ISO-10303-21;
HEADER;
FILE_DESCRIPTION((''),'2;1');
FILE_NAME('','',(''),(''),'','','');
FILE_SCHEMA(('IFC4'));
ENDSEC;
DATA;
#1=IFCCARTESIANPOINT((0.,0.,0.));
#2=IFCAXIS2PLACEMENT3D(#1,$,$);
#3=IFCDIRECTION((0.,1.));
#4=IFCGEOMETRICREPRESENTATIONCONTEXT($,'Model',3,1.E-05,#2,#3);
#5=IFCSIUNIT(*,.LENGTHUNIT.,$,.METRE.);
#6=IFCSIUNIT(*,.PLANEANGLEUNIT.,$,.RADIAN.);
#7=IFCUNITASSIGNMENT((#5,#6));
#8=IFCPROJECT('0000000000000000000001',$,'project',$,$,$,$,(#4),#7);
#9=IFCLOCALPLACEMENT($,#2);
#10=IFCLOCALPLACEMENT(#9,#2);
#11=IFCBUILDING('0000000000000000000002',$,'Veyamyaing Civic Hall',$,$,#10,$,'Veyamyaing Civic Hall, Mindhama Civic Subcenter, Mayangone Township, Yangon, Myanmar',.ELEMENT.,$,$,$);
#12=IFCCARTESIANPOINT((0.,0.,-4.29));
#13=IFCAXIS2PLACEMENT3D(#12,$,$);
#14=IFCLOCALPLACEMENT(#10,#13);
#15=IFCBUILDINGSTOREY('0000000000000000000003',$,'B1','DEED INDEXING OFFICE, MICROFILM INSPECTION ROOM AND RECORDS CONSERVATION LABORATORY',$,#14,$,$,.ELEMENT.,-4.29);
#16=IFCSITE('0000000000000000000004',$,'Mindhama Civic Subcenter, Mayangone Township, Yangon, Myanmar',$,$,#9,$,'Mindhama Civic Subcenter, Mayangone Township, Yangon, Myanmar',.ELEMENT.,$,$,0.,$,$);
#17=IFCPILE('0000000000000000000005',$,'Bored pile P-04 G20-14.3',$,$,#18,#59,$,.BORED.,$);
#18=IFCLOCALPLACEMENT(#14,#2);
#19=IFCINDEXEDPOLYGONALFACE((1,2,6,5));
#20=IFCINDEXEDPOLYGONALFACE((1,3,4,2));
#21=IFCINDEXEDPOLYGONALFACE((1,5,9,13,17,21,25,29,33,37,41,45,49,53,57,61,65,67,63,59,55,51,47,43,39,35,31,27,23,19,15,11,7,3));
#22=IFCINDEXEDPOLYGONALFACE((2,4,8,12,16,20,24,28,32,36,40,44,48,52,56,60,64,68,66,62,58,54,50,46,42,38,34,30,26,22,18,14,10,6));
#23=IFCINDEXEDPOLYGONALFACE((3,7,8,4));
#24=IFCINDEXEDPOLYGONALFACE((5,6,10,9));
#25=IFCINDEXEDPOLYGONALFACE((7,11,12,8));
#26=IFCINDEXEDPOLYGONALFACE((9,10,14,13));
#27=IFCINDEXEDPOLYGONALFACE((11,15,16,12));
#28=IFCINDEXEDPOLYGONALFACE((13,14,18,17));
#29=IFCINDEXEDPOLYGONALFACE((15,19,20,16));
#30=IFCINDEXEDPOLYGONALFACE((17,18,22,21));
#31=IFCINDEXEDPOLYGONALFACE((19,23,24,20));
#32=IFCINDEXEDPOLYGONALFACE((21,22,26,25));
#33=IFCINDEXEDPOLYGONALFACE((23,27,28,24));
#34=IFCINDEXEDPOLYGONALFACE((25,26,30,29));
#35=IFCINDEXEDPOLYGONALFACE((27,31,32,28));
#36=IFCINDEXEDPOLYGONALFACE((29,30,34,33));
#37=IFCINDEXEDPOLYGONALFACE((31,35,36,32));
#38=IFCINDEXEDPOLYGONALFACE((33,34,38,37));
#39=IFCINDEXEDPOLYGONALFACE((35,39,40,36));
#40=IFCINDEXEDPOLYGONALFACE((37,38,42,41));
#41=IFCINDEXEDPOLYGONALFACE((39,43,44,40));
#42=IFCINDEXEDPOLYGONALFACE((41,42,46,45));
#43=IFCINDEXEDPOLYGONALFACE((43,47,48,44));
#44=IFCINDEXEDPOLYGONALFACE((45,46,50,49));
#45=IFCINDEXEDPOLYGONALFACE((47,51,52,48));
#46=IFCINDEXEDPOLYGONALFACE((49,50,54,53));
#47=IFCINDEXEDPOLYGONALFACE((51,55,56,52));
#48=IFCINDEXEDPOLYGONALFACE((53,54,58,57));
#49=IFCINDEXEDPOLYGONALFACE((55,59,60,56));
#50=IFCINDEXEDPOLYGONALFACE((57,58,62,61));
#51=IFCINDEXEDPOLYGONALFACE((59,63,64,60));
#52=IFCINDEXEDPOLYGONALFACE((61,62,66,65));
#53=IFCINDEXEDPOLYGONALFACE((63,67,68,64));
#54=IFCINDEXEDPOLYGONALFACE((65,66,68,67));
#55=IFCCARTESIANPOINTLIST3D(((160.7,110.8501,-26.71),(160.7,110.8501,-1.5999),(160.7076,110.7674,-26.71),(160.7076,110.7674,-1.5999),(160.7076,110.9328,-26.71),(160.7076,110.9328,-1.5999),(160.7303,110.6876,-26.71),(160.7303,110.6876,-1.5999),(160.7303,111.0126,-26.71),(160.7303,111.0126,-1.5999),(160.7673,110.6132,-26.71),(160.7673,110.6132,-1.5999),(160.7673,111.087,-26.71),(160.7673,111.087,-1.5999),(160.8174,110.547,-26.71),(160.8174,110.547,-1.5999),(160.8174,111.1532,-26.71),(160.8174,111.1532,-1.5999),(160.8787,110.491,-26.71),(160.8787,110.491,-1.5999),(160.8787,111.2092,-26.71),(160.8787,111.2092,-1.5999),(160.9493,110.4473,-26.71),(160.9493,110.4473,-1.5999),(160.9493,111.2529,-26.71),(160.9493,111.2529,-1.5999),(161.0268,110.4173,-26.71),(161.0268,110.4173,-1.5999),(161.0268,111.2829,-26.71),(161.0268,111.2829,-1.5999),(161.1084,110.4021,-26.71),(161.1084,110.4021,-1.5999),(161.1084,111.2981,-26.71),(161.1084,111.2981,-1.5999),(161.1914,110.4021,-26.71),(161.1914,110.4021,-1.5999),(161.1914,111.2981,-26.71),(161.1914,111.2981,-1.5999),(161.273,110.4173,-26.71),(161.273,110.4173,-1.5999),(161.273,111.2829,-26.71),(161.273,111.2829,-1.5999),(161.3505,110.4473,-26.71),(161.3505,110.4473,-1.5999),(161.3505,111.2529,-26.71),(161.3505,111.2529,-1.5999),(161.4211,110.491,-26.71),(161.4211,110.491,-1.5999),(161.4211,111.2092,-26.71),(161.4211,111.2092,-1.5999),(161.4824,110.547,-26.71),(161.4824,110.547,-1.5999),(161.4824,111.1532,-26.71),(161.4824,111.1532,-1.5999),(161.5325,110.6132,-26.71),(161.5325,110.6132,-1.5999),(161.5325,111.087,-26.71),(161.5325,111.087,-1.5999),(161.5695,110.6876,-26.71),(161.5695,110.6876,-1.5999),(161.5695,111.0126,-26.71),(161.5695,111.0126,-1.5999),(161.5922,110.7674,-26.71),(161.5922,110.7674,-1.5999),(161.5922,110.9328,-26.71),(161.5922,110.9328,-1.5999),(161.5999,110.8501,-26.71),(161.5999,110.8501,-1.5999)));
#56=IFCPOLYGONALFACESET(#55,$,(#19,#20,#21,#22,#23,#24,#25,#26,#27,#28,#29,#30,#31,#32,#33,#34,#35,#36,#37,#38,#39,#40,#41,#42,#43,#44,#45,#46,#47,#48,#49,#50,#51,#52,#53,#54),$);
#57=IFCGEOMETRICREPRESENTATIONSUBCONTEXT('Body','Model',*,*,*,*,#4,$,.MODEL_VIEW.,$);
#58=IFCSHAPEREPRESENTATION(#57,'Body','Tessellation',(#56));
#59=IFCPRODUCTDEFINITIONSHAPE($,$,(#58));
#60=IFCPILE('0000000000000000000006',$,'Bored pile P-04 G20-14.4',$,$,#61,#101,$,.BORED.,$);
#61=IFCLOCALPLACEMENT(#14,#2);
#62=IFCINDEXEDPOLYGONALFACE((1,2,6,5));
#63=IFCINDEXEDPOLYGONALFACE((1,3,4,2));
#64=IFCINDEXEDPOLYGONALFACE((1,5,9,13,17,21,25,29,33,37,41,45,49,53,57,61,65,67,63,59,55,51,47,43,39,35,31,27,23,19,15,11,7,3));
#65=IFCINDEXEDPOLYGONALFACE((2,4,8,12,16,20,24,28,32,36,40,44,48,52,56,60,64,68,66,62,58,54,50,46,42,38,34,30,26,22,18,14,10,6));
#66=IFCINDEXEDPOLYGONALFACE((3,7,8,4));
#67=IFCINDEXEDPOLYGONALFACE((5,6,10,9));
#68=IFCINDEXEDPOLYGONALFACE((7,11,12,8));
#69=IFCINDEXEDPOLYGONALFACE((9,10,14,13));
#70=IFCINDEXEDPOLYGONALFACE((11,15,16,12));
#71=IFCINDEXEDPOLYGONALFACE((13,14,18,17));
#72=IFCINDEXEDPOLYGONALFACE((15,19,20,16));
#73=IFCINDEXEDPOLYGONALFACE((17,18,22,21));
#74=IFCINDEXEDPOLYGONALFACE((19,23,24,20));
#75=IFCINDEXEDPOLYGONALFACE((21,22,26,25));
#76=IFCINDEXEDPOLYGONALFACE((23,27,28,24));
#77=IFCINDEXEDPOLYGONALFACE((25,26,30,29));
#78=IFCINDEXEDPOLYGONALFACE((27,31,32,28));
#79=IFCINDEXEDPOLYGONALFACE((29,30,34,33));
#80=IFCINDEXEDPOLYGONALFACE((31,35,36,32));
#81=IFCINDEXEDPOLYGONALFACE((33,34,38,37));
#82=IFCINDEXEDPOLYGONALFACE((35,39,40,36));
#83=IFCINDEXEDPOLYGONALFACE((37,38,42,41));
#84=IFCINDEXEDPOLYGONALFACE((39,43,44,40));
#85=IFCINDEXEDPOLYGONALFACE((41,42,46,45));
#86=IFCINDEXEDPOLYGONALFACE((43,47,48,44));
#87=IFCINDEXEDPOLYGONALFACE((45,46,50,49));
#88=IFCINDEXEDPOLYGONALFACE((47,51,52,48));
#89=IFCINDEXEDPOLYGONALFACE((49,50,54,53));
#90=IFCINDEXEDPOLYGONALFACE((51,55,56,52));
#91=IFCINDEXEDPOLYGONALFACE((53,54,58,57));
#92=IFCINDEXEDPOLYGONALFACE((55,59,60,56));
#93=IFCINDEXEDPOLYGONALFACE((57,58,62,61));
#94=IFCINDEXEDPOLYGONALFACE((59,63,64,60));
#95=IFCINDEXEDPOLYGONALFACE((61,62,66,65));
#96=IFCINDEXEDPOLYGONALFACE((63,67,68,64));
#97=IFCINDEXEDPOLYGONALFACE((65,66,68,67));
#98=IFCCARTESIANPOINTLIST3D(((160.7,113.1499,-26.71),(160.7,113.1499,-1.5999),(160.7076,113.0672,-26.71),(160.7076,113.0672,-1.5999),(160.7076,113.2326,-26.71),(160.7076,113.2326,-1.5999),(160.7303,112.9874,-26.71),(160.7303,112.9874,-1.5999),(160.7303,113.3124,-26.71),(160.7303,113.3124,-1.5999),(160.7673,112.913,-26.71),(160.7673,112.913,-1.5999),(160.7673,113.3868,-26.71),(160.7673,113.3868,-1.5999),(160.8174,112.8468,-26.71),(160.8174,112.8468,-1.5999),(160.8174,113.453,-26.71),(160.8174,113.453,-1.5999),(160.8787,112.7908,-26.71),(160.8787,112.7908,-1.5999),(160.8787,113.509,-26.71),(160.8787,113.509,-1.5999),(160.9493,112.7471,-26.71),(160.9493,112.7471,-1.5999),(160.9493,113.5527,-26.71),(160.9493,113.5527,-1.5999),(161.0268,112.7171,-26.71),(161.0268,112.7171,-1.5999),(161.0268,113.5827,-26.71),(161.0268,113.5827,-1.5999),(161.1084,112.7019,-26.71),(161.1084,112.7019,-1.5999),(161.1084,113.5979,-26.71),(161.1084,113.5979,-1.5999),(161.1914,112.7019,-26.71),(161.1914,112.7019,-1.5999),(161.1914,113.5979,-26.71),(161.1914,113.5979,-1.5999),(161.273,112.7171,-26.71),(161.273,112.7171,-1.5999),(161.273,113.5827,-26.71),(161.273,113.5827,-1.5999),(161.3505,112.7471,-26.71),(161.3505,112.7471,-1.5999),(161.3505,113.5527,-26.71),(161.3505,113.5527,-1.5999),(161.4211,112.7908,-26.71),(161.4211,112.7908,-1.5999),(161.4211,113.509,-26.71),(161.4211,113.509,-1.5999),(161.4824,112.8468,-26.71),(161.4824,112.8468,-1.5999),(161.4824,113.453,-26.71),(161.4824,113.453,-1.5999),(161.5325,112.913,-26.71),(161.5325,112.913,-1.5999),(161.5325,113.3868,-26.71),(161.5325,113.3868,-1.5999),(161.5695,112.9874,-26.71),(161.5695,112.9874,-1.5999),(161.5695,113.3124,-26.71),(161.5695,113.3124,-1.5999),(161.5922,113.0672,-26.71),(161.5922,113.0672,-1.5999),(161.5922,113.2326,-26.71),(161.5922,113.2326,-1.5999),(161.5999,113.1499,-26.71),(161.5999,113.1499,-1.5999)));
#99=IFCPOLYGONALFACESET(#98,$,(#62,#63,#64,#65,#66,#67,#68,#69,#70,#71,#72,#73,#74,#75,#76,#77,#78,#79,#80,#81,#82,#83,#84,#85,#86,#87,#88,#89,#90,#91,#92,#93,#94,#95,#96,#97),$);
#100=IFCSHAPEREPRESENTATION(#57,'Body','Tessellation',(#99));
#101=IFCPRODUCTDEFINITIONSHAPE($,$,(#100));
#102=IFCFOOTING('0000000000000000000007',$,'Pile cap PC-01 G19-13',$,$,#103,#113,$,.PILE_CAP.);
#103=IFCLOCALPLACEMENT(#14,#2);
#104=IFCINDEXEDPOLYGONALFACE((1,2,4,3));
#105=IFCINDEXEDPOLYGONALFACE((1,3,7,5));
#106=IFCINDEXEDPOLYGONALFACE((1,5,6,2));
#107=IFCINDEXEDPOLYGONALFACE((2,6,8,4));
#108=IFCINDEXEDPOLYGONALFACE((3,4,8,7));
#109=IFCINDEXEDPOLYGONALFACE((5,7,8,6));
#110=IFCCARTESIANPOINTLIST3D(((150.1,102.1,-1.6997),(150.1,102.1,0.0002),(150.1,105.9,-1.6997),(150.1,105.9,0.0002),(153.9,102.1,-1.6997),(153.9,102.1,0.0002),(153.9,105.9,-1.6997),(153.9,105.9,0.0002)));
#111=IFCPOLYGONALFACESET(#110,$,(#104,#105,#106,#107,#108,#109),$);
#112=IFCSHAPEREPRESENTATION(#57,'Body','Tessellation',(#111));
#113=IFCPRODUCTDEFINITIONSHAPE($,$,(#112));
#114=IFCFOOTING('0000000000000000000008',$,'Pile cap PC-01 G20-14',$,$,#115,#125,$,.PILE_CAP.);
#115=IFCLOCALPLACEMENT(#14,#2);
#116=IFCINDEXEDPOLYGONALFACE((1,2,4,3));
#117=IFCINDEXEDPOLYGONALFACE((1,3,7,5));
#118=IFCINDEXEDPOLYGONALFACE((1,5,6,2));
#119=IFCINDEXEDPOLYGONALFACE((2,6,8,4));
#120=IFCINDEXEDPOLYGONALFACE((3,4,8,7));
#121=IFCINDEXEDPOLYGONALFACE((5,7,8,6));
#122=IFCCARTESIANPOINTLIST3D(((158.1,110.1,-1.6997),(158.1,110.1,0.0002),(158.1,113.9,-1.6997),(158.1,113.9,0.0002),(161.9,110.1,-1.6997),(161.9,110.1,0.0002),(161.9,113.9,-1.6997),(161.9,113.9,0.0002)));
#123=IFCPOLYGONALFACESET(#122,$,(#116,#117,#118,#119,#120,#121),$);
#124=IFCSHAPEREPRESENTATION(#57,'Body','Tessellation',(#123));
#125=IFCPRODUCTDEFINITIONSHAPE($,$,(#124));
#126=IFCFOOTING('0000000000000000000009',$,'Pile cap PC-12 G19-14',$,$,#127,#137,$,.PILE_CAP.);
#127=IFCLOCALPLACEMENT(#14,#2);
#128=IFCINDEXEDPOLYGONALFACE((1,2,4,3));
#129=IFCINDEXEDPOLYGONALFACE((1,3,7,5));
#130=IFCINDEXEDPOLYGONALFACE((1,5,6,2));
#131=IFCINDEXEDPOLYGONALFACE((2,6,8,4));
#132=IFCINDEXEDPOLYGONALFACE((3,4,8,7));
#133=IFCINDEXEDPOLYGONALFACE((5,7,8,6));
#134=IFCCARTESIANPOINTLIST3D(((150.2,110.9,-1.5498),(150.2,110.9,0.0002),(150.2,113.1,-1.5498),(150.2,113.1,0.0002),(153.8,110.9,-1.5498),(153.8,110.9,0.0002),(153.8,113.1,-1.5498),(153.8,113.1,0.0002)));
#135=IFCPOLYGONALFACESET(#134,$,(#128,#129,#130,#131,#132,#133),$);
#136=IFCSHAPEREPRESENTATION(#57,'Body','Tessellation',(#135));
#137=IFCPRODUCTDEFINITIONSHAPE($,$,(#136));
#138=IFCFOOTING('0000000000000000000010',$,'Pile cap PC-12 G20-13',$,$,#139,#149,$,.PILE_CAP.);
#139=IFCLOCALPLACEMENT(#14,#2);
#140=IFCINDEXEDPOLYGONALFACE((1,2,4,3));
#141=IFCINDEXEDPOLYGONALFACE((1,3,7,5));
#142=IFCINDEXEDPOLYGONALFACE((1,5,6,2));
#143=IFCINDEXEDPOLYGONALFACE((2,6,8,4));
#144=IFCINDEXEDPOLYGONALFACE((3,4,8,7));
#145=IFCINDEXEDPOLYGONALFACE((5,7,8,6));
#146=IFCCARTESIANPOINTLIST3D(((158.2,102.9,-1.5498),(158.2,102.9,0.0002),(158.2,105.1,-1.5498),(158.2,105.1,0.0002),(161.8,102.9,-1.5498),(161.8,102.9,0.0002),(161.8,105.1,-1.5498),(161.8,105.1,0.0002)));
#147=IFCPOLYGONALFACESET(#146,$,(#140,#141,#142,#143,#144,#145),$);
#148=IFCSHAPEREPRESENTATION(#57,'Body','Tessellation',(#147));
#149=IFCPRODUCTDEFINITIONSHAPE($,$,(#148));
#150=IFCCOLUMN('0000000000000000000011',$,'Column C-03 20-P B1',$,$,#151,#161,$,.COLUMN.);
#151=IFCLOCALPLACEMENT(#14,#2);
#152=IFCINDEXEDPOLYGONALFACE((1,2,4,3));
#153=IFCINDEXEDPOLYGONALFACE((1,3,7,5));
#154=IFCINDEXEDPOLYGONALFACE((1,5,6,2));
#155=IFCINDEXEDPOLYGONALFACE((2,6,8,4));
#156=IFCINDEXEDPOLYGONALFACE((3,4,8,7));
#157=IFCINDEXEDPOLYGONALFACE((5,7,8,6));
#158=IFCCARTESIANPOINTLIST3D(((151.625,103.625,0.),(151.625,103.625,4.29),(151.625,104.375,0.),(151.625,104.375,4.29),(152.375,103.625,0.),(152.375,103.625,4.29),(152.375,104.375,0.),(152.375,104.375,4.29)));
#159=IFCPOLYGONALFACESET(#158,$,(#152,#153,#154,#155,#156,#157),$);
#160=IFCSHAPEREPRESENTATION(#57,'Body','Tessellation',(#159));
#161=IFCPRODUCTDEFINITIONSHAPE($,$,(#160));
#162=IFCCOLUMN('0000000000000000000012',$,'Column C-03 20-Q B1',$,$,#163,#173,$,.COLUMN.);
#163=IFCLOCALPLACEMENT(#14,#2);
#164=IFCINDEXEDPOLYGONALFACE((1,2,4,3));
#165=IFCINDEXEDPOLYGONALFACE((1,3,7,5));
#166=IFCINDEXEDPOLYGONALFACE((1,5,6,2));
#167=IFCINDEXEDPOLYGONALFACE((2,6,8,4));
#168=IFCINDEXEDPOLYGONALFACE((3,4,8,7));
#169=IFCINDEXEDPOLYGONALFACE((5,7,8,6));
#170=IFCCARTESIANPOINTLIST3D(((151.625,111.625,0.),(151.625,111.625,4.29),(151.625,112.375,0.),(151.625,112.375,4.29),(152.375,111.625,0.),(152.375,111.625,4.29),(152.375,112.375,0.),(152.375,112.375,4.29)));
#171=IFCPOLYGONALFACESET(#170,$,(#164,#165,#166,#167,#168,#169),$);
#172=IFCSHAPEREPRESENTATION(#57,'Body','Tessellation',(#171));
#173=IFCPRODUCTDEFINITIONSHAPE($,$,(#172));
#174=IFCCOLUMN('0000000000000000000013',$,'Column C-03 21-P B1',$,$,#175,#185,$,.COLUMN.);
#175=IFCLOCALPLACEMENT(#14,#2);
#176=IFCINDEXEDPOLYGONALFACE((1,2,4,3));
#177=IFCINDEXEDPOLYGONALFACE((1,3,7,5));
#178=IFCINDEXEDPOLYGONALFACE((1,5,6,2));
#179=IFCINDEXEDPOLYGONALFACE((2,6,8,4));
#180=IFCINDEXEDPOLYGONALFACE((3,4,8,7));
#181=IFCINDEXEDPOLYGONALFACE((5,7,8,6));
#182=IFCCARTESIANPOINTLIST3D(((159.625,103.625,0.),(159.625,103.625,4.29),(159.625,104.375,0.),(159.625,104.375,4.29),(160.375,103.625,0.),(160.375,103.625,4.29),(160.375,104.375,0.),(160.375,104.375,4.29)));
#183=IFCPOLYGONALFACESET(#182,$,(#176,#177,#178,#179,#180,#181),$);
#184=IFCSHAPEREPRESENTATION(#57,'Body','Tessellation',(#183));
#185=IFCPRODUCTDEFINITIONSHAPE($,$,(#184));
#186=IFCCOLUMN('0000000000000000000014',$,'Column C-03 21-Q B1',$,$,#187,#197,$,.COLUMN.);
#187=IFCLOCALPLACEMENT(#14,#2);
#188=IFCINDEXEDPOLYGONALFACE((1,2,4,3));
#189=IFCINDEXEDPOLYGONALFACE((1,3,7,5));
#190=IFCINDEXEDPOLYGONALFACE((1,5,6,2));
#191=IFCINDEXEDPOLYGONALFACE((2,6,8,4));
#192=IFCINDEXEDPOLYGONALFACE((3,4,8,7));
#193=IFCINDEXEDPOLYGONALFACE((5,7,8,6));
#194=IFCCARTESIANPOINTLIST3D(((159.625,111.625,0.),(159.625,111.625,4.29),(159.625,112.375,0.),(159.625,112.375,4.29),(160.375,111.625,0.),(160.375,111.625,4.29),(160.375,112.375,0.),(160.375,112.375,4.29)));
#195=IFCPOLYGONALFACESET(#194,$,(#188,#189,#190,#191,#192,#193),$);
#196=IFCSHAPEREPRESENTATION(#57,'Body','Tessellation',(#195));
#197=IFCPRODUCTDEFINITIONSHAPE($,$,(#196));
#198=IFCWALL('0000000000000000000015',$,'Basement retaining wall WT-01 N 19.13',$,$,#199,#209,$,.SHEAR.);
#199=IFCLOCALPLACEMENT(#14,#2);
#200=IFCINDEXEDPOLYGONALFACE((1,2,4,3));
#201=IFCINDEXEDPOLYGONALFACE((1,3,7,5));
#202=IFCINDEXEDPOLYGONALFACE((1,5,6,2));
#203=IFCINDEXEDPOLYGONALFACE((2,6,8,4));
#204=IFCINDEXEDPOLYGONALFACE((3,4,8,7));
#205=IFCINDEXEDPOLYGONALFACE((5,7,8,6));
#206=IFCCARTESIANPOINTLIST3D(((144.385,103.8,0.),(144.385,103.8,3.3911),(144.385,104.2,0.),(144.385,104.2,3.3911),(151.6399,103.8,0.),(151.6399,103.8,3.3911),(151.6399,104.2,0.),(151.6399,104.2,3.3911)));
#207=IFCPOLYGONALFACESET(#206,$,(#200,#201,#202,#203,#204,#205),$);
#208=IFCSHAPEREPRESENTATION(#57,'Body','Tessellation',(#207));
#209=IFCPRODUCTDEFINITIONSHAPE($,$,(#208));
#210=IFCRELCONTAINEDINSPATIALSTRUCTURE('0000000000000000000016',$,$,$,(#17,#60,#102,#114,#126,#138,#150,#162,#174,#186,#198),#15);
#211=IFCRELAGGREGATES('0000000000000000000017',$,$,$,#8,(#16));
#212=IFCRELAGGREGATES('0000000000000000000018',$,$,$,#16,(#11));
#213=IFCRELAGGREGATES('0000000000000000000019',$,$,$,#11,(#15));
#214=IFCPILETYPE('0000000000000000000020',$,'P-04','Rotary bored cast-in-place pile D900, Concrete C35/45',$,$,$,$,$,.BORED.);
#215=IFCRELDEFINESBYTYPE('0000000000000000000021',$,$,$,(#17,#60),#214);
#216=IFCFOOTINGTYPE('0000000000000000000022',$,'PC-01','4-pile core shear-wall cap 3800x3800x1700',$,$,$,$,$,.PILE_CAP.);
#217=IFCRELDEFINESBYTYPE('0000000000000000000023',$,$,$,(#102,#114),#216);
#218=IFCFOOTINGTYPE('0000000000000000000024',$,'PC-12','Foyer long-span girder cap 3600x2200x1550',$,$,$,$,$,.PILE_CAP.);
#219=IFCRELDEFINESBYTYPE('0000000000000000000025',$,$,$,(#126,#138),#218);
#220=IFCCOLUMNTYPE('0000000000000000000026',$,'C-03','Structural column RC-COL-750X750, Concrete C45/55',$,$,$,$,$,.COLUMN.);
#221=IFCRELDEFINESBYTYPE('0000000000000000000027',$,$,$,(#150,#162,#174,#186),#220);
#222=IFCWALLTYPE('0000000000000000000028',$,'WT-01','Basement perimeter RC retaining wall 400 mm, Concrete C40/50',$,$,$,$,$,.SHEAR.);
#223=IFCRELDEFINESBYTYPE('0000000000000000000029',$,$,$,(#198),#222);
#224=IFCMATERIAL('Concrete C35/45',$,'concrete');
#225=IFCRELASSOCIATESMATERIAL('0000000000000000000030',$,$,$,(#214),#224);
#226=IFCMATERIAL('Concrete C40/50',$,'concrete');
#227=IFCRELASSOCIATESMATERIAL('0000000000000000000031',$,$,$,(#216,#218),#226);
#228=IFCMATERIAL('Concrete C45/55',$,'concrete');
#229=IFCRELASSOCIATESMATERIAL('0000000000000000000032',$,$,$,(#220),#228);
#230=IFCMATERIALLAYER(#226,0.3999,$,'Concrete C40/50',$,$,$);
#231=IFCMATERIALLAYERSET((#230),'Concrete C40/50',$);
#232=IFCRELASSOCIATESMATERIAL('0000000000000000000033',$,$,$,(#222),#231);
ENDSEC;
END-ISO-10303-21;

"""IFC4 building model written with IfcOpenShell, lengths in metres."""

from ifc_helpers import new_model, si_unit, direction, frame, frame_2d, origin, origin_2d, place, context, subcontext, project, spatial, rectangle, circle, extrude, material, layer, layer_set, material_profile, profile_set, type_object, element, save


model = new_model("IFC4")

# Units and contexts
model_context = context("Model", 3, precision=1e-05, world=origin(), true_north=direction((0.0, 1.0)))
body_context = subcontext(model_context, "Body", "Model", "MODEL_VIEW")
ifc_project = project(units=[si_unit("LENGTHUNIT", "METRE"), si_unit("PLANEANGLEUNIT", "RADIAN")], contexts=[model_context])

# Site, building, storey
site_placement = place(None, origin())
site = spatial("IfcSite", under=ifc_project, at=site_placement, Name="Mindhama Civic Subcenter, Mayangone Township, Yangon, Myanmar", LongName="Mindhama Civic Subcenter, Mayangone Township, Yangon, Myanmar", CompositionType="ELEMENT", RefElevation=0.0)
building_placement = place(site_placement, origin())
building = spatial("IfcBuilding", under=site, at=building_placement, Name="Veyamyaing Civic Hall", LongName="Veyamyaing Civic Hall, Mindhama Civic Subcenter, Mayangone Township, Yangon, Myanmar", CompositionType="ELEMENT")
storey_placement = place(building_placement, frame((0.0, 0.0, -4.29)))
storey = spatial("IfcBuildingStorey", under=building, at=storey_placement, Name="B1", Description="DEED INDEXING OFFICE, MICROFILM INSPECTION ROOM AND RECORDS CONSERVATION LABORATORY", CompositionType="ELEMENT", Elevation=-4.29)

# Shared definitions
ifc_material_1 = material(Name="Concrete C40/50", Category="concrete")

# Piles
ifc_material_2 = material(Name="Concrete C35/45", Category="concrete")
ifc_material_profile_1 = material_profile(ifc_material_2, circle(Radius=0.45, at=origin_2d()), Name="PILE-D900")
ifc_profile_set_1 = profile_set([ifc_material_profile_1], Name="Concrete C35/45")
pile_type_1 = type_object("IfcPileType", Name="P-04", Description="Rotary bored cast-in-place pile D900, Concrete C35/45", PredefinedType="BORED", material=ifc_profile_set_1)
for number, where, z_axis, x_axis, name in (
    (1, (161.1499, 110.8501, -1.5999), (0.0, 0.0, -1.0), (1.0, 0.0, 0.0), "Bored pile P-04 G20-14.3"),
    (2, (161.1499, 113.1499, -1.5999), (0.0, 0.0, -1.0), (1.0, 0.0, 0.0), "Bored pile P-04 G20-14.4"),
):
    element("IfcPile", number, at=place(storey_placement, frame(where, z_axis=z_axis, x_axis=x_axis)), inside=storey, type_object=pile_type_1, Name=name, PredefinedType="BORED", context=body_context, shape_type="SweptSolid", body=[
        extrude(circle(Radius=0.45, at=origin_2d()), origin(), (0.0, 0.0, 1.0), 25.1101),
    ])

# Footings
footing_type_1 = type_object("IfcFootingType", Name="PC-01", Description="4-pile core shear-wall cap 3800x3800x1700", PredefinedType="PILE_CAP", material=ifc_material_1)
for number, where, z_axis, x_axis, name in (
    (3, (152.0, 104.0, -1.6997), (0.0, 0.0, 1.0), (1.0, 0.0, 0.0), "Pile cap PC-01 G19-13"),
    (4, (160.0, 112.0, -1.6997), (0.0, 0.0, 1.0), (1.0, 0.0, 0.0), "Pile cap PC-01 G20-14"),
):
    element("IfcFooting", number, at=place(storey_placement, frame(where, z_axis=z_axis, x_axis=x_axis)), inside=storey, type_object=footing_type_1, Name=name, PredefinedType="PILE_CAP", context=body_context, shape_type="SweptSolid", body=[
        extrude(rectangle(XDim=3.8, YDim=3.8, at=origin_2d()), origin(), (0.0, 0.0, 1.0), 1.7),
    ])
footing_type_2 = type_object("IfcFootingType", Name="PC-12", Description="Foyer long-span girder cap 3600x2200x1550", PredefinedType="PILE_CAP", material=ifc_material_1)
for number, where, z_axis, x_axis, name in (
    (5, (152.0, 112.0, -1.5498), (0.0, 0.0, 1.0), (1.0, 0.0, 0.0), "Pile cap PC-12 G19-14"),
    (6, (160.0, 104.0, -1.5498), (0.0, 0.0, 1.0), (1.0, 0.0, 0.0), "Pile cap PC-12 G20-13"),
):
    element("IfcFooting", number, at=place(storey_placement, frame(where, z_axis=z_axis, x_axis=x_axis)), inside=storey, type_object=footing_type_2, Name=name, PredefinedType="PILE_CAP", context=body_context, shape_type="SweptSolid", body=[
        extrude(rectangle(XDim=3.6001, YDim=2.2, at=origin_2d()), origin(), (0.0, 0.0, 1.0), 1.55),
    ])

# Columns
ifc_material_3 = material(Name="Concrete C45/55", Category="concrete")
ifc_material_profile_2 = material_profile(ifc_material_3, rectangle(XDim=0.75, YDim=0.75, at=origin_2d()), Name="RC-COL-750X750")
ifc_profile_set_2 = profile_set([ifc_material_profile_2], Name="Concrete C45/55")
column_type = type_object("IfcColumnType", Name="C-03", Description="Structural column RC-COL-750X750, Concrete C45/55", PredefinedType="COLUMN", material=ifc_profile_set_2)
for number, where, z_axis, x_axis, name in (
    (7, (152.0, 104.0, 0.0), (0.0, 0.0, 1.0), (1.0, 0.0, 0.0), "Column C-03 20-P B1"),
    (8, (152.0, 112.0, 0.0), (0.0, 0.0, 1.0), (1.0, 0.0, 0.0), "Column C-03 20-Q B1"),
    (9, (160.0, 104.0, 0.0), (0.0, 0.0, 1.0), (1.0, 0.0, 0.0), "Column C-03 21-P B1"),
    (10, (160.0, 112.0, 0.0), (0.0, 0.0, 1.0), (1.0, 0.0, 0.0), "Column C-03 21-Q B1"),
):
    element("IfcColumn", number, at=place(storey_placement, frame(where, z_axis=z_axis, x_axis=x_axis)), inside=storey, type_object=column_type, Name=name, PredefinedType="COLUMN", context=body_context, shape_type="SweptSolid", body=[
        extrude(rectangle(XDim=0.75, YDim=0.75, at=origin_2d()), origin(), (0.0, 0.0, 1.0), 4.29),
    ])

# Wall
ifc_layer_1 = layer(ifc_material_1, 0.3999, Name="Concrete C40/50")
ifc_layer_set_1 = layer_set([ifc_layer_1], Name="Concrete C40/50")
wall_type_1 = type_object("IfcWallType", Name="WT-01", Description="Basement perimeter RC retaining wall 400 mm, Concrete C40/50", PredefinedType="SHEAR", material=ifc_layer_set_1)
wall_1_placement = place(storey_placement, frame((144.385, 104.0, 0.0), z_axis=(0.0, 0.0, 1.0), x_axis=(1.0, 0.0, 0.0)))
element("IfcWall", 11, at=wall_1_placement, inside=storey, type_object=wall_type_1, Name="Basement retaining wall WT-01 N 19.13", PredefinedType="SHEAR", context=body_context, shape_type="SweptSolid", body=[
    extrude(rectangle(XDim=7.2549, YDim=0.3999, at=frame_2d((3.6274, 0.0))), origin(), (0.0, 0.0, 1.0), 3.3911),
])

save(model, "model.ifc")
